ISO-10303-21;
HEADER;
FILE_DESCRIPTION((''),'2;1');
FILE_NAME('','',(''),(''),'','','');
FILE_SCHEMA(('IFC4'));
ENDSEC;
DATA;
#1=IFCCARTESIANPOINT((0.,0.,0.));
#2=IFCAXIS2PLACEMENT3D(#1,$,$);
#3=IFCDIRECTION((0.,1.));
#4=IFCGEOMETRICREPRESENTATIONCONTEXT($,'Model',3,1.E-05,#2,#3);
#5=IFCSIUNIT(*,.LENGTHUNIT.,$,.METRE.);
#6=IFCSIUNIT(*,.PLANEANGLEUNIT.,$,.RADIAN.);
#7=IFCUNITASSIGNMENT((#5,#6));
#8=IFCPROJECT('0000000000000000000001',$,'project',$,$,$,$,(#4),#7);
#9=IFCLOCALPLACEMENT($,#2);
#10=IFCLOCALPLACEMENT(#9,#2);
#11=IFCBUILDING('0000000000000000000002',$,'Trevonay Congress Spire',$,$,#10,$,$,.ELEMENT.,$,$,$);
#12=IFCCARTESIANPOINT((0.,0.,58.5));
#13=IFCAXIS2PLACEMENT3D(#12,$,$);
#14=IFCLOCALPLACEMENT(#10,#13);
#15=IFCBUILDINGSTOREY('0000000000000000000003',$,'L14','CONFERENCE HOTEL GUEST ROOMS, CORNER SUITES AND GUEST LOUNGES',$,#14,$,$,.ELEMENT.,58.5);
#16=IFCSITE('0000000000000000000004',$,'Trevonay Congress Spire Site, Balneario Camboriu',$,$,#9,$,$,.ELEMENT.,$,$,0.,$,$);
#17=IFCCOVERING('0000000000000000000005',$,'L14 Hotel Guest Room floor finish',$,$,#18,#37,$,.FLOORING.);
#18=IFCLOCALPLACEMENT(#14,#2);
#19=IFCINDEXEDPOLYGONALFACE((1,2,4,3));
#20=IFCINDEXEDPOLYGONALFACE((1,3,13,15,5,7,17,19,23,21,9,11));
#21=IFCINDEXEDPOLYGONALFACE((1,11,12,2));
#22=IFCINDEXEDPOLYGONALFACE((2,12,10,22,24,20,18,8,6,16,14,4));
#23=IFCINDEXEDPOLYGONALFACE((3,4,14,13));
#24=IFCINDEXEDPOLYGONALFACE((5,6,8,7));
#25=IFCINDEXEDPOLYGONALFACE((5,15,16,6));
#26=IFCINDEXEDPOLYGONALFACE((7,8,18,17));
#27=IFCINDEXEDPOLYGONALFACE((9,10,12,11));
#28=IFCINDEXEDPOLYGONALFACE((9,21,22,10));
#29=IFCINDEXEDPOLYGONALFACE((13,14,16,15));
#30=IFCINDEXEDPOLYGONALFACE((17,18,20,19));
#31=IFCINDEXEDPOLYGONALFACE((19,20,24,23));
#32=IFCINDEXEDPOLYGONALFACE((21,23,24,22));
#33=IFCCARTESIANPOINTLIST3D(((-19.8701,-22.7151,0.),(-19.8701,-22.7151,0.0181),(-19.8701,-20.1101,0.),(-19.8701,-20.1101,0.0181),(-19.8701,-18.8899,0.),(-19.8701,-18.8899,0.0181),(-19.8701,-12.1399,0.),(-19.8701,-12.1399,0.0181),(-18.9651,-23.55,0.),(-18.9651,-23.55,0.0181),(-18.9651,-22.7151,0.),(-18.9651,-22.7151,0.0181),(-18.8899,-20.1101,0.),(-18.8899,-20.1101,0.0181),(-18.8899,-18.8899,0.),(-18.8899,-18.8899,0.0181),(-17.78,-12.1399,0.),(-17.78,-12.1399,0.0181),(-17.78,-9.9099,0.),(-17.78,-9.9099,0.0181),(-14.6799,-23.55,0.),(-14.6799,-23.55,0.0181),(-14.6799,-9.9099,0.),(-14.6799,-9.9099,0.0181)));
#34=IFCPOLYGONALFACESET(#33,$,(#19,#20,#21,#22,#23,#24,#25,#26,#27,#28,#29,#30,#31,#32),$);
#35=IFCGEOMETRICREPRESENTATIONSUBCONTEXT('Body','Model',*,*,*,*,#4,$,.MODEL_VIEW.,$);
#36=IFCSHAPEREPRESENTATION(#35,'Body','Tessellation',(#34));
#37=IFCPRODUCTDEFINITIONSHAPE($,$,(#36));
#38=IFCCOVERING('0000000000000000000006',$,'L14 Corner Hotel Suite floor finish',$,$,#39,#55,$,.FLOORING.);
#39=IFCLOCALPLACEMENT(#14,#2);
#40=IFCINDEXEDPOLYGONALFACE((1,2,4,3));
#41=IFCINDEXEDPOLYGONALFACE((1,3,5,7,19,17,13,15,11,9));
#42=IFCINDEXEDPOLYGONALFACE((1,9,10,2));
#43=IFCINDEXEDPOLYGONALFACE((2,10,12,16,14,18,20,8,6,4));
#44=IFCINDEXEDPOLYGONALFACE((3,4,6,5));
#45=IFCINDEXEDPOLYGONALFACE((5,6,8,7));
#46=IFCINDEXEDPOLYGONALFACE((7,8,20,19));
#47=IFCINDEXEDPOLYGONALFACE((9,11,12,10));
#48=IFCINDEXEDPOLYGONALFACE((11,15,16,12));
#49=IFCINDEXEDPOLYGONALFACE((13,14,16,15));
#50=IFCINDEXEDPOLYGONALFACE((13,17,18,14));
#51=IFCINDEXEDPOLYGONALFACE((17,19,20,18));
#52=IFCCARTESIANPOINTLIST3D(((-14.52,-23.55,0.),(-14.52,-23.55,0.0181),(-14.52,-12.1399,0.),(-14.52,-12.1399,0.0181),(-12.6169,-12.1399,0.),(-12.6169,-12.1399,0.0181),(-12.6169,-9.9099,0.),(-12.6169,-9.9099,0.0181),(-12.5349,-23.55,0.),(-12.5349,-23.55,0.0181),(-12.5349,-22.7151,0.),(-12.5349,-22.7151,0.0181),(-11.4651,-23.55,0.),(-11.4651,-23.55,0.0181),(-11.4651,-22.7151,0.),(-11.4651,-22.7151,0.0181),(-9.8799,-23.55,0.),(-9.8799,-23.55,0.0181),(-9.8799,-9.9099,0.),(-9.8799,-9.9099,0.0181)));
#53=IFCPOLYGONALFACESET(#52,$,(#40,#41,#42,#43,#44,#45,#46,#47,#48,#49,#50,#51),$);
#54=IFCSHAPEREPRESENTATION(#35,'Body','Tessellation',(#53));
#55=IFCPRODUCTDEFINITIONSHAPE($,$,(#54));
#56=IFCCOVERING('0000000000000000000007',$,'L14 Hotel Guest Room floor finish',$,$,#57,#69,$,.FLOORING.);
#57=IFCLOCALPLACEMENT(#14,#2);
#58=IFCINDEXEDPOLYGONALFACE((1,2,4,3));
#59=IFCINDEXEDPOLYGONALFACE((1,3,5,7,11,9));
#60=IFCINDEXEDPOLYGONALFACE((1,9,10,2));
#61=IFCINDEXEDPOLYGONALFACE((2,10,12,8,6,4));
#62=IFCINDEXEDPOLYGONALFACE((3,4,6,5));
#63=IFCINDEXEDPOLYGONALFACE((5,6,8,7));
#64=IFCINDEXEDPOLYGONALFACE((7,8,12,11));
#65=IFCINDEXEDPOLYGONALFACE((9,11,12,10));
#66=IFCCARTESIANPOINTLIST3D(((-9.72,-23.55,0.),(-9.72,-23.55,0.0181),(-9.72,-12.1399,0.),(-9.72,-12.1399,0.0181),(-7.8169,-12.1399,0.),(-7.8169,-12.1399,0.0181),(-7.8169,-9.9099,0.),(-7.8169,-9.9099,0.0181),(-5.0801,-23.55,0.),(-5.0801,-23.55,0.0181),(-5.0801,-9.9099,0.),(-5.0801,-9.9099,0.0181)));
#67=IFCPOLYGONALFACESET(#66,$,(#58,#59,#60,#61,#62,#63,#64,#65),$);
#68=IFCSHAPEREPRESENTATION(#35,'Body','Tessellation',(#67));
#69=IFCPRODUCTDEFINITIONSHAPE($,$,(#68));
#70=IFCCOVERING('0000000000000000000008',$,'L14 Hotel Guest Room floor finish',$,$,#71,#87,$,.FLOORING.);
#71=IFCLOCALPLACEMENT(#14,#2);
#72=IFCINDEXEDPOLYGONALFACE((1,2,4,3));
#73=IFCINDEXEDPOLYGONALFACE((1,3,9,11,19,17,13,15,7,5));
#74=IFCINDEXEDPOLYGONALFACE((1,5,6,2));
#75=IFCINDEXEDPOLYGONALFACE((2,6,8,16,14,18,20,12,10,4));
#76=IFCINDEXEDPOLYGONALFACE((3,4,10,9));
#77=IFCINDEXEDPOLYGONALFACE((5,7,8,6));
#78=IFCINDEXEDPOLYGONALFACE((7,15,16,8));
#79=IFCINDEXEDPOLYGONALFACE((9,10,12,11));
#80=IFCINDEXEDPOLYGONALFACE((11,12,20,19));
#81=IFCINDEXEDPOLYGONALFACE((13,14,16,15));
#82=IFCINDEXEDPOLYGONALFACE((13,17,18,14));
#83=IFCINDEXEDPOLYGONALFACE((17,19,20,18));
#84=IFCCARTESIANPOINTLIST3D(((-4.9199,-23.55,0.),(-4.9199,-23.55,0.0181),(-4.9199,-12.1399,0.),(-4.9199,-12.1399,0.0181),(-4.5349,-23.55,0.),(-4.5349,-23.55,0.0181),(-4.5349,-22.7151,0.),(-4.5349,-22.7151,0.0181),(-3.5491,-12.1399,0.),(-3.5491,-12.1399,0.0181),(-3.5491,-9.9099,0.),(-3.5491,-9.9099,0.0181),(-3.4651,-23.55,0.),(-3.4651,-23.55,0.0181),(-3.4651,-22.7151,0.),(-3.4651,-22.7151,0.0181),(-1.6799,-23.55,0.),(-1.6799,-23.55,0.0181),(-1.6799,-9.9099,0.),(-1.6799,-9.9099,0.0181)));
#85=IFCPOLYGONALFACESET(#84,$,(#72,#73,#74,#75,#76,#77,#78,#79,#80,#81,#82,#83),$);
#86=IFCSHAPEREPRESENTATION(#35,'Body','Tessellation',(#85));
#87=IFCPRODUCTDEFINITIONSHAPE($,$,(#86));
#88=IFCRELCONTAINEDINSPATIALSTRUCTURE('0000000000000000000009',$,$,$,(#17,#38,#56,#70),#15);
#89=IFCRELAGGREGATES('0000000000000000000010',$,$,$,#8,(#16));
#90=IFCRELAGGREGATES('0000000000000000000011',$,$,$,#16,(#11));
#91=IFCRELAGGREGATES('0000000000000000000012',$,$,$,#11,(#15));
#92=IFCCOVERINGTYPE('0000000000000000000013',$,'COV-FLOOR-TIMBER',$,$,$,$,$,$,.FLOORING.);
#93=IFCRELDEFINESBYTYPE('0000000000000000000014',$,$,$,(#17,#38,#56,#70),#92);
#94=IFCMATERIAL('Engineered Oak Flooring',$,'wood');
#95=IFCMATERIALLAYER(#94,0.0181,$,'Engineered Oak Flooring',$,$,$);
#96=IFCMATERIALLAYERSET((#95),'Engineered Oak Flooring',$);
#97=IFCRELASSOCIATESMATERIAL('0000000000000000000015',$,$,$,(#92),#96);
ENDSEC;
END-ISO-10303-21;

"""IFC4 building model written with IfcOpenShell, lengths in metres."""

from ifc_helpers import new_model, si_unit, direction, frame, origin, place, context, subcontext, project, spatial, polyline, outline, extrude, material, layer, layer_set, type_object, element, save


model = new_model("IFC4")

# Units and contexts
model_context = context("Model", 3, precision=1e-05, world=origin(), true_north=direction((0.0, 1.0)))
body_context = subcontext(model_context, "Body", "Model", "MODEL_VIEW")
ifc_project = project(units=[si_unit("LENGTHUNIT", "METRE"), si_unit("PLANEANGLEUNIT", "RADIAN")], contexts=[model_context])

# Site, building, storey
site_placement = place(None, origin())
site = spatial("IfcSite", under=ifc_project, at=site_placement, Name="Trevonay Congress Spire Site, Balneario Camboriu", CompositionType="ELEMENT", RefElevation=0.0)
building_placement = place(site_placement, origin())
building = spatial("IfcBuilding", under=site, at=building_placement, Name="Trevonay Congress Spire", CompositionType="ELEMENT")
storey_placement = place(building_placement, frame((0.0, 0.0, 58.5)))
storey = spatial("IfcBuildingStorey", under=building, at=storey_placement, Name="L14", Description="CONFERENCE HOTEL GUEST ROOMS, CORNER SUITES AND GUEST LOUNGES", CompositionType="ELEMENT", Elevation=58.5)

# Coverings
ifc_material_1 = material(Name="Engineered Oak Flooring", Category="wood")
ifc_layer_1 = layer(ifc_material_1, 0.0181, Name="Engineered Oak Flooring")
ifc_layer_set_1 = layer_set([ifc_layer_1], Name="Engineered Oak Flooring")
covering_type_1 = type_object("IfcCoveringType", Name="COV-FLOOR-TIMBER", PredefinedType="FLOORING", material=ifc_layer_set_1)
covering_1_placement = place(storey_placement, origin())
element("IfcCovering", 1, at=covering_1_placement, inside=storey, type_object=covering_type_1, Name="L14 Hotel Guest Room floor finish", PredefinedType="FLOORING", context=body_context, shape_type="SweptSolid", body=[
    extrude(outline(polyline([(-19.8701, -12.1399), (-17.78, -12.1399), (-17.78, -9.9099), (-14.6799, -9.9099), (-14.6799, -23.55), (-18.9651, -23.55), (-18.9651, -22.7151), (-19.8701, -22.7151), (-19.8701, -20.1101), (-18.8899, -20.1101), (-18.8899, -18.8899), (-19.8701, -18.8899), (-19.8701, -12.1399)])), origin(), (0.0, 0.0, 1.0), 0.0181),
])
covering_2_placement = place(storey_placement, origin())
element("IfcCovering", 2, at=covering_2_placement, inside=storey, type_object=covering_type_1, Name="L14 Corner Hotel Suite floor finish", PredefinedType="FLOORING", context=body_context, shape_type="SweptSolid", body=[
    extrude(outline(polyline([(-14.52, -23.55), (-14.52, -12.1399), (-12.6169, -12.1399), (-12.6169, -9.9099), (-9.8799, -9.9099), (-9.8799, -23.55), (-11.4651, -23.55), (-11.4651, -22.7151), (-12.5349, -22.7151), (-12.5349, -23.55), (-14.52, -23.55)])), origin(), (0.0, 0.0, 1.0), 0.0181),
])
covering_3_placement = place(storey_placement, origin())
element("IfcCovering", 3, at=covering_3_placement, inside=storey, type_object=covering_type_1, Name="L14 Hotel Guest Room floor finish", PredefinedType="FLOORING", context=body_context, shape_type="SweptSolid", body=[
    extrude(outline(polyline([(-9.72, -23.55), (-5.0801, -23.55), (-5.0801, -9.9099), (-7.8169, -9.9099), (-7.8169, -12.1399), (-9.72, -12.1399), (-9.72, -23.55)])), origin(), (0.0, 0.0, 1.0), 0.0181),
])
covering_4_placement = place(storey_placement, origin())
element("IfcCovering", 4, at=covering_4_placement, inside=storey, type_object=covering_type_1, Name="L14 Hotel Guest Room floor finish", PredefinedType="FLOORING", context=body_context, shape_type="SweptSolid", body=[
    extrude(outline(polyline([(-4.9199, -23.55), (-4.9199, -12.1399), (-3.5491, -12.1399), (-3.5491, -9.9099), (-1.6799, -9.9099), (-1.6799, -23.55), (-3.4651, -23.55), (-3.4651, -22.7151), (-4.5349, -22.7151), (-4.5349, -23.55), (-4.9199, -23.55)])), origin(), (0.0, 0.0, 1.0), 0.0181),
])

save(model, "model.ifc")
